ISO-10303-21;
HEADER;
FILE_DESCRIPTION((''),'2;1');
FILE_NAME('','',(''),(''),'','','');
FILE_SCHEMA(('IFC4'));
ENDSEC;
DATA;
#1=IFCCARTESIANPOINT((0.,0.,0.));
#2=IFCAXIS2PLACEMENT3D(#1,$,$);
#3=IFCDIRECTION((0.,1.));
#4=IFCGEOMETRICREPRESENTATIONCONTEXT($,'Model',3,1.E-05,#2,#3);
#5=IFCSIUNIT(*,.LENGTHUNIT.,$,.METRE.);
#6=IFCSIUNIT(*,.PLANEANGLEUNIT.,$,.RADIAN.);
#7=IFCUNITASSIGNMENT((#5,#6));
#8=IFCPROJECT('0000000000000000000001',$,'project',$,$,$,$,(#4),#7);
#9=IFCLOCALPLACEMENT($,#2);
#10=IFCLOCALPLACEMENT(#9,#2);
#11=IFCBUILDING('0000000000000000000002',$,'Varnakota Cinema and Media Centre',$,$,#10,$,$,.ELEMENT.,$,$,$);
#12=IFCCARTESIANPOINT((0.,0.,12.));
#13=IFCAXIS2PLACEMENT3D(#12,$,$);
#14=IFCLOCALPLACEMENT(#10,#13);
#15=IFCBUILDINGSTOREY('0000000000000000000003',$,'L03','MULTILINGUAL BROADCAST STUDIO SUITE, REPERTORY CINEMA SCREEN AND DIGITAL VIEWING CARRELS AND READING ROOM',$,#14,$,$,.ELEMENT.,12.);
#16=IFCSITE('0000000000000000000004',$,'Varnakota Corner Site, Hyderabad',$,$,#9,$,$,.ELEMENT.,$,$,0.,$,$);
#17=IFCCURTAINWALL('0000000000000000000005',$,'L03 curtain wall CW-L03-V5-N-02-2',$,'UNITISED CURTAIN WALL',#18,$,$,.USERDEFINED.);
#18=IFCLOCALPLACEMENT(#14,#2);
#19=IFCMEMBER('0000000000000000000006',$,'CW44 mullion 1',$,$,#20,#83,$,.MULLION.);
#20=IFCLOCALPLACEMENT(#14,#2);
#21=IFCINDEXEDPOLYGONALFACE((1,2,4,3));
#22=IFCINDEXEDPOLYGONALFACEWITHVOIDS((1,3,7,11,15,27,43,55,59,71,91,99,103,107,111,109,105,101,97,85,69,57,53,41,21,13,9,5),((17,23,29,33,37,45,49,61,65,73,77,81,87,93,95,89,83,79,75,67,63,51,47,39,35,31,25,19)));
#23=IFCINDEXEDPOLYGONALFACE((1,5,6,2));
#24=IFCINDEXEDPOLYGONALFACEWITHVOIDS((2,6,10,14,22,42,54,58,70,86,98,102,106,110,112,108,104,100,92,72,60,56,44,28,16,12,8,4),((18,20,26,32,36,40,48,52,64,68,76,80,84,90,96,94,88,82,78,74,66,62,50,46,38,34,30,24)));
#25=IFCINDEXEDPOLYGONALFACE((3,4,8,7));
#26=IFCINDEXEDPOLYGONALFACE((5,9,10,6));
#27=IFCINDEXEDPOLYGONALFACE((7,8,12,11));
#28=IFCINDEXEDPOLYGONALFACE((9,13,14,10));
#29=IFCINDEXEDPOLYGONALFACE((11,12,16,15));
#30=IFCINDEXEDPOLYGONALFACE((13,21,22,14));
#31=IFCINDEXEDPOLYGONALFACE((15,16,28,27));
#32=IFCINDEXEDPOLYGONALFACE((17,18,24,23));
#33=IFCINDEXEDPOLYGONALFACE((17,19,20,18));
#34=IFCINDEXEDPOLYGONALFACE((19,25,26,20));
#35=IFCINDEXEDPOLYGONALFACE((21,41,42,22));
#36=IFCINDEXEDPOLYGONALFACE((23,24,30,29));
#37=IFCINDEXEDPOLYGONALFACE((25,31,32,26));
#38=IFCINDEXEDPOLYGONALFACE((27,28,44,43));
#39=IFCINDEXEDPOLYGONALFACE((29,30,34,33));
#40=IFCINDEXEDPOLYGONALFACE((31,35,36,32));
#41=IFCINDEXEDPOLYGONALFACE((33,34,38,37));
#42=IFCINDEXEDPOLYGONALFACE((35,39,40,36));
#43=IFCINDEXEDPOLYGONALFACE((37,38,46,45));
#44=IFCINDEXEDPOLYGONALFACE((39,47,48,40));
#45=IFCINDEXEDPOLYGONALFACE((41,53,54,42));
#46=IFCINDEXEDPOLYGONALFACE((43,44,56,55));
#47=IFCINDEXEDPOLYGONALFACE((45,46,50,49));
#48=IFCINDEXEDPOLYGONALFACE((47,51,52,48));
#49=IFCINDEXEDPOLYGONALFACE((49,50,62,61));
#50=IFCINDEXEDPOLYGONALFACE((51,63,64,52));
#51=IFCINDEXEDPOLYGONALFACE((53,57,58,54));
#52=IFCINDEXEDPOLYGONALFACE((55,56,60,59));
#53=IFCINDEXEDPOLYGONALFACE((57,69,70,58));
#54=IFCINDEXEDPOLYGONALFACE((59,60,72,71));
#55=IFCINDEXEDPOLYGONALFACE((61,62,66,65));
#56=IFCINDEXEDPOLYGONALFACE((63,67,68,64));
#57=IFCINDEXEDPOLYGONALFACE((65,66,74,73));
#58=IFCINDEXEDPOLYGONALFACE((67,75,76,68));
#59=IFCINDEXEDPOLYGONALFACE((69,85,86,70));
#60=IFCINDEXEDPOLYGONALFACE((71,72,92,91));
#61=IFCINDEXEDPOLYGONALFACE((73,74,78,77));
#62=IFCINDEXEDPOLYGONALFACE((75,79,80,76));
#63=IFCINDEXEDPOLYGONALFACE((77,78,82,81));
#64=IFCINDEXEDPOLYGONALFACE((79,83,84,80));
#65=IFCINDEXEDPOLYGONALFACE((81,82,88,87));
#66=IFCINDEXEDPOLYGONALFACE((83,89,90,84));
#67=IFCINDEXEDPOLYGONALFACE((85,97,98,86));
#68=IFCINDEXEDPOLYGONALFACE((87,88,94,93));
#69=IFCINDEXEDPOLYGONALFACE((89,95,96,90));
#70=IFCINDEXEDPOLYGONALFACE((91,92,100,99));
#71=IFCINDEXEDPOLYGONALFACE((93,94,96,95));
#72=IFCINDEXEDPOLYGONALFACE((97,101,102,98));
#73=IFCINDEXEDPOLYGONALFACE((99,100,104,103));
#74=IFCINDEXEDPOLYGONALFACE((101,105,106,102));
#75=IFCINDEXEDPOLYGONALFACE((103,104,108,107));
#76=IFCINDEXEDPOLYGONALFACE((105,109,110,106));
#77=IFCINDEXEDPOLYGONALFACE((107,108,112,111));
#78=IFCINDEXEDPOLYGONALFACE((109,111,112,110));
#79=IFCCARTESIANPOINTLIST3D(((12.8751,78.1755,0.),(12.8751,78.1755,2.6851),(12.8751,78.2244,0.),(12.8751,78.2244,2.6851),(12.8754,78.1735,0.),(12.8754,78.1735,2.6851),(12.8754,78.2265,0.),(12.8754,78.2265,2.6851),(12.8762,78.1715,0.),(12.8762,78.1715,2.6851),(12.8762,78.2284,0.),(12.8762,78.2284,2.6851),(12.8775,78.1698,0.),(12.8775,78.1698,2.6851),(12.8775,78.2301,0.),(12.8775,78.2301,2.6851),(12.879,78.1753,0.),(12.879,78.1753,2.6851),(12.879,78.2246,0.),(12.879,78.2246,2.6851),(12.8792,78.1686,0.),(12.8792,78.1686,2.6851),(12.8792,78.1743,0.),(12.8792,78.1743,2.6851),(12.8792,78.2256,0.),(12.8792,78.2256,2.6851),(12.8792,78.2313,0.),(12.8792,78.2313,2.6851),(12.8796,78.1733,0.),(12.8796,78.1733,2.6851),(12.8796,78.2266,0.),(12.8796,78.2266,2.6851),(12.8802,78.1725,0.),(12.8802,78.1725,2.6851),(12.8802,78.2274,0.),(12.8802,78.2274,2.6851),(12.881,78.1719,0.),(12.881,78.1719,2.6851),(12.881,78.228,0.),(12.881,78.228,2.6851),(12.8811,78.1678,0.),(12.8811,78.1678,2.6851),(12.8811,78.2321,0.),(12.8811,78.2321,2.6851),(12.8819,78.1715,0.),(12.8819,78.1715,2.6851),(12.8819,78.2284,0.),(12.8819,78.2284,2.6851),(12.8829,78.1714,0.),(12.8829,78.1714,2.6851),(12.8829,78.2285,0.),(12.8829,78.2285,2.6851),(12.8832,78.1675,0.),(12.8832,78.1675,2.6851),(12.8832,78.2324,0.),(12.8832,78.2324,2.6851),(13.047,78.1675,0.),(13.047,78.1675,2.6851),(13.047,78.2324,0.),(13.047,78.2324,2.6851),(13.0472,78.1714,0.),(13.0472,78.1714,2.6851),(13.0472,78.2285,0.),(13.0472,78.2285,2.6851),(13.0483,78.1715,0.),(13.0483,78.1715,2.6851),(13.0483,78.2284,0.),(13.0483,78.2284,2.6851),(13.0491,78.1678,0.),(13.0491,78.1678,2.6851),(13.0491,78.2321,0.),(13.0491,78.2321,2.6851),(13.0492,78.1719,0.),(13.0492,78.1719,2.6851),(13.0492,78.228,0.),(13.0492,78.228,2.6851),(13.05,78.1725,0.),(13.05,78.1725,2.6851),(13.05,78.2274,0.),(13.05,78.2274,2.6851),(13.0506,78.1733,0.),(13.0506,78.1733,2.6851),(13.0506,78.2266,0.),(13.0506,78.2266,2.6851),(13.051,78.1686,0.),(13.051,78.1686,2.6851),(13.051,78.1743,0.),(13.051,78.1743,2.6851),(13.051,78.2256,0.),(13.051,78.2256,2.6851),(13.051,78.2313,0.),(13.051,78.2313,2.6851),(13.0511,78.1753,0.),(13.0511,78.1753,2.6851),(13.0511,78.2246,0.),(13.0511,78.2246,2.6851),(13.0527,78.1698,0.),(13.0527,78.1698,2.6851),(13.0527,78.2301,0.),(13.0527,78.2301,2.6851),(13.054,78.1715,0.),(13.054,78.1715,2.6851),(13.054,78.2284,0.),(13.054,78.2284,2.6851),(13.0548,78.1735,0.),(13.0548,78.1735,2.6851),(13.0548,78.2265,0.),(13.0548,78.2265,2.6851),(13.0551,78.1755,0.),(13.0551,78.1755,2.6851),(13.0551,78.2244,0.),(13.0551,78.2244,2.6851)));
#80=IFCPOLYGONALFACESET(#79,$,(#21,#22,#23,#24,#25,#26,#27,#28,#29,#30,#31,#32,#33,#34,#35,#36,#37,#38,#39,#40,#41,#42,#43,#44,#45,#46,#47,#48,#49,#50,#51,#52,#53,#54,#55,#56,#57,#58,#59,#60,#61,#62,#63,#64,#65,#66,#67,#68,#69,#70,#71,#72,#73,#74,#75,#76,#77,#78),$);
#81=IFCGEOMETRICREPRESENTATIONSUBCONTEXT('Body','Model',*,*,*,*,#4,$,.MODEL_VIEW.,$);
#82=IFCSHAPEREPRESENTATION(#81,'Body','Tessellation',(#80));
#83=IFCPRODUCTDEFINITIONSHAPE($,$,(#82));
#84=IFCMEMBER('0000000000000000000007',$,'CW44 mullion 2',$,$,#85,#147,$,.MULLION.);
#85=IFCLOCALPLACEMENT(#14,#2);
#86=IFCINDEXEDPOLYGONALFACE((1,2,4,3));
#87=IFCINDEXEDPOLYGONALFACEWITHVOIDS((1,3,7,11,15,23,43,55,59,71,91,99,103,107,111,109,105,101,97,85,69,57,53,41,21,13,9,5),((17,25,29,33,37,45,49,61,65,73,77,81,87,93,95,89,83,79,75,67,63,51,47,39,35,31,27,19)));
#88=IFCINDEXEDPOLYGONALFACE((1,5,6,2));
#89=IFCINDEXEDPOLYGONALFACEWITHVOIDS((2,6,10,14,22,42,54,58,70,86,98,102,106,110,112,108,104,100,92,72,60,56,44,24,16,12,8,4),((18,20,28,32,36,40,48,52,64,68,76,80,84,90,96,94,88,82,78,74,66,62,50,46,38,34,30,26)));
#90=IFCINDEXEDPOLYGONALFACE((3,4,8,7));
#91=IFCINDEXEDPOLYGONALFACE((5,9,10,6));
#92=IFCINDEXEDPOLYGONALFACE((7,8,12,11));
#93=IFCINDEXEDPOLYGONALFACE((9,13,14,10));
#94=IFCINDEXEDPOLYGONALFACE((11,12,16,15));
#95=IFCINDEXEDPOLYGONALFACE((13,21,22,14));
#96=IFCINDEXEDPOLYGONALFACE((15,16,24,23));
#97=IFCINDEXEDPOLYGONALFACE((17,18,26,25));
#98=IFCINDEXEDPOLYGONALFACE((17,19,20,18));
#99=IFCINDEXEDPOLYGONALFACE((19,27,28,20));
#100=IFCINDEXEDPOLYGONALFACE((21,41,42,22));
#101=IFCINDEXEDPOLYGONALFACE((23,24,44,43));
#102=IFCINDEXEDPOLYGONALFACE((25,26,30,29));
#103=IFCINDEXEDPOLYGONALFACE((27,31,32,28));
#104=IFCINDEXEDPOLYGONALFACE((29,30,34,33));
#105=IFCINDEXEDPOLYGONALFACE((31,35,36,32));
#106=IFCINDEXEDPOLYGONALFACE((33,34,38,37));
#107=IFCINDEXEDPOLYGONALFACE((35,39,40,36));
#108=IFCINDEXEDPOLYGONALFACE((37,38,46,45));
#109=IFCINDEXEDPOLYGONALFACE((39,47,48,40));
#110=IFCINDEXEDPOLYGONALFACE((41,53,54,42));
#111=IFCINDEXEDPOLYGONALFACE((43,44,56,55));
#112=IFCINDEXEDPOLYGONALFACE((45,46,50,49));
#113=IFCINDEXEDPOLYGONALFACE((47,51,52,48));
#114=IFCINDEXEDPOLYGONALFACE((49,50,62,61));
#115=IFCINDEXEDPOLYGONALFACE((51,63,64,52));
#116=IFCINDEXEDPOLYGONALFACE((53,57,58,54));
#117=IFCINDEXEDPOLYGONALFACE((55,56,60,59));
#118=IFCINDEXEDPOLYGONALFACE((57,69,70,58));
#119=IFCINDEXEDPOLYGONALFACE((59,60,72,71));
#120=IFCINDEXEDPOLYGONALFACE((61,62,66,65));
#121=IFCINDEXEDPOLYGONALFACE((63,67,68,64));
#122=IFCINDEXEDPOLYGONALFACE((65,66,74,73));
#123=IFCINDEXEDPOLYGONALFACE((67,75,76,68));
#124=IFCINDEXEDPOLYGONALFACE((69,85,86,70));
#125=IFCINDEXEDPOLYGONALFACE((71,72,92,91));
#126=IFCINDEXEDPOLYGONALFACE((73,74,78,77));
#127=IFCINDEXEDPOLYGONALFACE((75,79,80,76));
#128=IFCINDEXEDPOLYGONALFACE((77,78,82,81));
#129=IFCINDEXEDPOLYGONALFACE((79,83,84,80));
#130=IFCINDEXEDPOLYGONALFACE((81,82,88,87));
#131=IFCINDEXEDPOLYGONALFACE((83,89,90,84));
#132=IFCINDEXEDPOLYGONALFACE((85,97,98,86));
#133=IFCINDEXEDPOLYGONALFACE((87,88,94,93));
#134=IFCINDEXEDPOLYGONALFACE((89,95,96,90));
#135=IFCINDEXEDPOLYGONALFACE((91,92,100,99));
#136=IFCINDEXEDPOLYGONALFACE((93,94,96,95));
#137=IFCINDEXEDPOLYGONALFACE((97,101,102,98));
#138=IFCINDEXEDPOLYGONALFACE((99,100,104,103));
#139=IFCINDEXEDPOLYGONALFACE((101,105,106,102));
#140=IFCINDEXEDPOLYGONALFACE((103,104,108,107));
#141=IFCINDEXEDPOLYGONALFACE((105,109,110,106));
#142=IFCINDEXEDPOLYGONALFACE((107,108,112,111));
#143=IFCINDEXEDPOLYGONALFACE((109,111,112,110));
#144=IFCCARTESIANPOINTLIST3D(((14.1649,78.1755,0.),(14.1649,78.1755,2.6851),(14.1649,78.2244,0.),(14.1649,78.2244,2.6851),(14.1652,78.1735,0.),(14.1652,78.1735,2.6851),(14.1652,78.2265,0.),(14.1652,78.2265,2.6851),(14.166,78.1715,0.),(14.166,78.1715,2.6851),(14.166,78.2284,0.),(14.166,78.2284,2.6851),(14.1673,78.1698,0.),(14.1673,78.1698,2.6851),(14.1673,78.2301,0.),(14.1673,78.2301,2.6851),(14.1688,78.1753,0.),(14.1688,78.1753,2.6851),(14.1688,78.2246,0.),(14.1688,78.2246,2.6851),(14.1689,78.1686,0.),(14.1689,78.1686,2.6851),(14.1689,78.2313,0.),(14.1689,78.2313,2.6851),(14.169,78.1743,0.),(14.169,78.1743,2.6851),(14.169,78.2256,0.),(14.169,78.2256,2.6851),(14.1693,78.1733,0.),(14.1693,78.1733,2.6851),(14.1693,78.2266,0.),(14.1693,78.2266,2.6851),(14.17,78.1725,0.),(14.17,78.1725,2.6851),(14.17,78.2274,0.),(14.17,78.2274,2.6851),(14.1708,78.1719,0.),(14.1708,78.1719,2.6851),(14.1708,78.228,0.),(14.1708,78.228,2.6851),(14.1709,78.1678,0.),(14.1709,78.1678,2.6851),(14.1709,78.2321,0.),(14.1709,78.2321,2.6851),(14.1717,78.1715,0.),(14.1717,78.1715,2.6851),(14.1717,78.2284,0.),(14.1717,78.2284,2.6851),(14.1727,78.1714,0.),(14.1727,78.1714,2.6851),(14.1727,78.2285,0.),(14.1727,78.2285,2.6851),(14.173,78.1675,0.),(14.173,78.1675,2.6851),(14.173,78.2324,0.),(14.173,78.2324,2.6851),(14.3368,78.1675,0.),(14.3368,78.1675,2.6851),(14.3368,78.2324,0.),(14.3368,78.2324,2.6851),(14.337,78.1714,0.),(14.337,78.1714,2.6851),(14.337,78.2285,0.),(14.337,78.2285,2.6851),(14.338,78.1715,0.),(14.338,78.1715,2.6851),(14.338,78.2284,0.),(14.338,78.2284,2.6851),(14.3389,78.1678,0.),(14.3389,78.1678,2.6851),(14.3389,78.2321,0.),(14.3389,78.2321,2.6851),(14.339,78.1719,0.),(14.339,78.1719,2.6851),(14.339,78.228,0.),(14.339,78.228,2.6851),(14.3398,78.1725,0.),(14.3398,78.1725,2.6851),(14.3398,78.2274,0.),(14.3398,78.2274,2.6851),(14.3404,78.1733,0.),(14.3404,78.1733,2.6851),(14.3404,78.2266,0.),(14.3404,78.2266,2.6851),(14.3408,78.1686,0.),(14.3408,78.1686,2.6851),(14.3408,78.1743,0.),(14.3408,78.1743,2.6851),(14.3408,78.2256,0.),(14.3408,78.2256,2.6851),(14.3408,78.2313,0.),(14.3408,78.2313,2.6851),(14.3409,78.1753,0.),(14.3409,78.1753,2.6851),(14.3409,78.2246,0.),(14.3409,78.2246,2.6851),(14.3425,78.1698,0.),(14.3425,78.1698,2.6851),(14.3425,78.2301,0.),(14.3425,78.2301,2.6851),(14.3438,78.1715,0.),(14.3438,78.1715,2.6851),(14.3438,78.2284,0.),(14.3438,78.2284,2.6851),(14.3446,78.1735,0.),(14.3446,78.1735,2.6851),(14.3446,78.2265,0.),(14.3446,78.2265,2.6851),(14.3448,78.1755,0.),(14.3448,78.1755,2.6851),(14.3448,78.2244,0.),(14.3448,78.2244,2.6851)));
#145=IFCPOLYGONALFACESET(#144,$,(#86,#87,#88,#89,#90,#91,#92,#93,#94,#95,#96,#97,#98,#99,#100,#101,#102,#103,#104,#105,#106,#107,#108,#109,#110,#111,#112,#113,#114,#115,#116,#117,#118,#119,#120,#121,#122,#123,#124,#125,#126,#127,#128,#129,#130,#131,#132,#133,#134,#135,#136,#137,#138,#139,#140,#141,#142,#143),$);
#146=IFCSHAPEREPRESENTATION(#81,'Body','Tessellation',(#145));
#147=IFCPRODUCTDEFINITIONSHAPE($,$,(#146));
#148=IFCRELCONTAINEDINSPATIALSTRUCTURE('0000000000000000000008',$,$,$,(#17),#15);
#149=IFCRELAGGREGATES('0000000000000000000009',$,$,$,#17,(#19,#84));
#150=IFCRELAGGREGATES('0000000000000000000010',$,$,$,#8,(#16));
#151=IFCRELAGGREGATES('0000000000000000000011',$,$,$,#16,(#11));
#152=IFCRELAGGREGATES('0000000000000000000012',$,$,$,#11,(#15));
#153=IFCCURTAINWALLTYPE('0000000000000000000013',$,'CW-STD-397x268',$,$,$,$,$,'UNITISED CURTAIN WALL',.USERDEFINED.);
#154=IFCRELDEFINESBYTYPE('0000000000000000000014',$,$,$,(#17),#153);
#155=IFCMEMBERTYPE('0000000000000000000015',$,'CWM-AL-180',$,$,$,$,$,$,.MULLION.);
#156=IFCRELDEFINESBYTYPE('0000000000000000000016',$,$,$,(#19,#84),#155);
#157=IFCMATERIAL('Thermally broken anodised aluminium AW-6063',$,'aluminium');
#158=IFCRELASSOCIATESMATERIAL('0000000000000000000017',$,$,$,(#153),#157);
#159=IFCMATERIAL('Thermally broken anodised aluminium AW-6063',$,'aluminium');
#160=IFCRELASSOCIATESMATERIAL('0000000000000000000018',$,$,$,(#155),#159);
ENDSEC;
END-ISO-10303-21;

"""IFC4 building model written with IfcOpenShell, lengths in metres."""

from ifc_helpers import new_model, si_unit, direction, frame, origin, origin_2d, place, context, subcontext, project, spatial, hollow_rectangle, extrude, material, material_profile, profile_set, type_object, element, aggregate, save


model = new_model("IFC4")

# Units and contexts
model_context = context("Model", 3, precision=1e-05, world=origin(), true_north=direction((0.0, 1.0)))
body_context = subcontext(model_context, "Body", "Model", "MODEL_VIEW")
ifc_project = project(units=[si_unit("LENGTHUNIT", "METRE"), si_unit("PLANEANGLEUNIT", "RADIAN")], contexts=[model_context])

# Site, building, storey
site_placement = place(None, origin())
site = spatial("IfcSite", under=ifc_project, at=site_placement, Name="Varnakota Corner Site, Hyderabad", CompositionType="ELEMENT", RefElevation=0.0)
building_placement = place(site_placement, origin())
building = spatial("IfcBuilding", under=site, at=building_placement, Name="Varnakota Cinema and Media Centre", CompositionType="ELEMENT")
storey_placement = place(building_placement, frame((0.0, 0.0, 12.0)))
storey = spatial("IfcBuildingStorey", under=building, at=storey_placement, Name="L03", Description="MULTILINGUAL BROADCAST STUDIO SUITE, REPERTORY CINEMA SCREEN AND DIGITAL VIEWING CARRELS AND READING ROOM", CompositionType="ELEMENT", Elevation=12.0)

# Curtain wall, members
ifc_material_1 = material(Name="Thermally broken anodised aluminium AW-6063", Category="aluminium")
curtain_wall_type = type_object("IfcCurtainWallType", Name="CW-STD-397x268", ElementType="UNITISED CURTAIN WALL", PredefinedType="USERDEFINED", material=ifc_material_1)
ifc_material_2 = material(Name="Thermally broken anodised aluminium AW-6063", Category="aluminium")
ifc_material_profile_1 = material_profile(ifc_material_2, hollow_rectangle(XDim=0.0649, YDim=0.1799, WallThickness=0.0039, InnerFilletRadius=0.0039, OuterFilletRadius=0.0081, at=origin_2d()), Name="AL-MULLION 180x65x4")
ifc_profile_set_1 = profile_set([ifc_material_profile_1], Name="Thermally broken anodised aluminium AW-6063")
member_type_1 = type_object("IfcMemberType", Name="CWM-AL-180", PredefinedType="MULLION", material=ifc_profile_set_1)
curtain_wall_1_placement = place(storey_placement, origin())
curtain_wall_1 = element("IfcCurtainWall", 1, at=curtain_wall_1_placement, inside=storey, type_object=curtain_wall_type, Name="L03 curtain wall CW-L03-V5-N-02-2", ObjectType="UNITISED CURTAIN WALL", PredefinedType="USERDEFINED")
member_1_placement = place(storey_placement, frame((12.9651, 78.2, 0.0), z_axis=(0.0, 0.0, 1.0), x_axis=(0.0, 1.0, 0.0)))
member_1 = element("IfcMember", 2, at=member_1_placement, type_object=member_type_1, Name="CW44 mullion 1", PredefinedType="MULLION", context=body_context, shape_type="SweptSolid", body=[
    extrude(hollow_rectangle(XDim=0.0649, YDim=0.1799, WallThickness=0.0039, InnerFilletRadius=0.0039, OuterFilletRadius=0.0081, at=origin_2d()), origin(), (0.0, 0.0, 1.0), 2.6851),
])
member_2_placement = place(storey_placement, frame((14.2549, 78.2, 0.0), z_axis=(0.0, 0.0, 1.0), x_axis=(0.0, 1.0, 0.0)))
member_2 = element("IfcMember", 3, at=member_2_placement, type_object=member_type_1, Name="CW44 mullion 2", PredefinedType="MULLION", context=body_context, shape_type="SweptSolid", body=[
    extrude(hollow_rectangle(XDim=0.0649, YDim=0.1799, WallThickness=0.0039, InnerFilletRadius=0.0039, OuterFilletRadius=0.0081, at=origin_2d()), origin(), (0.0, 0.0, 1.0), 2.6851),
])

aggregate(curtain_wall_1, [member_1, member_2])

save(model, "model.ifc")
